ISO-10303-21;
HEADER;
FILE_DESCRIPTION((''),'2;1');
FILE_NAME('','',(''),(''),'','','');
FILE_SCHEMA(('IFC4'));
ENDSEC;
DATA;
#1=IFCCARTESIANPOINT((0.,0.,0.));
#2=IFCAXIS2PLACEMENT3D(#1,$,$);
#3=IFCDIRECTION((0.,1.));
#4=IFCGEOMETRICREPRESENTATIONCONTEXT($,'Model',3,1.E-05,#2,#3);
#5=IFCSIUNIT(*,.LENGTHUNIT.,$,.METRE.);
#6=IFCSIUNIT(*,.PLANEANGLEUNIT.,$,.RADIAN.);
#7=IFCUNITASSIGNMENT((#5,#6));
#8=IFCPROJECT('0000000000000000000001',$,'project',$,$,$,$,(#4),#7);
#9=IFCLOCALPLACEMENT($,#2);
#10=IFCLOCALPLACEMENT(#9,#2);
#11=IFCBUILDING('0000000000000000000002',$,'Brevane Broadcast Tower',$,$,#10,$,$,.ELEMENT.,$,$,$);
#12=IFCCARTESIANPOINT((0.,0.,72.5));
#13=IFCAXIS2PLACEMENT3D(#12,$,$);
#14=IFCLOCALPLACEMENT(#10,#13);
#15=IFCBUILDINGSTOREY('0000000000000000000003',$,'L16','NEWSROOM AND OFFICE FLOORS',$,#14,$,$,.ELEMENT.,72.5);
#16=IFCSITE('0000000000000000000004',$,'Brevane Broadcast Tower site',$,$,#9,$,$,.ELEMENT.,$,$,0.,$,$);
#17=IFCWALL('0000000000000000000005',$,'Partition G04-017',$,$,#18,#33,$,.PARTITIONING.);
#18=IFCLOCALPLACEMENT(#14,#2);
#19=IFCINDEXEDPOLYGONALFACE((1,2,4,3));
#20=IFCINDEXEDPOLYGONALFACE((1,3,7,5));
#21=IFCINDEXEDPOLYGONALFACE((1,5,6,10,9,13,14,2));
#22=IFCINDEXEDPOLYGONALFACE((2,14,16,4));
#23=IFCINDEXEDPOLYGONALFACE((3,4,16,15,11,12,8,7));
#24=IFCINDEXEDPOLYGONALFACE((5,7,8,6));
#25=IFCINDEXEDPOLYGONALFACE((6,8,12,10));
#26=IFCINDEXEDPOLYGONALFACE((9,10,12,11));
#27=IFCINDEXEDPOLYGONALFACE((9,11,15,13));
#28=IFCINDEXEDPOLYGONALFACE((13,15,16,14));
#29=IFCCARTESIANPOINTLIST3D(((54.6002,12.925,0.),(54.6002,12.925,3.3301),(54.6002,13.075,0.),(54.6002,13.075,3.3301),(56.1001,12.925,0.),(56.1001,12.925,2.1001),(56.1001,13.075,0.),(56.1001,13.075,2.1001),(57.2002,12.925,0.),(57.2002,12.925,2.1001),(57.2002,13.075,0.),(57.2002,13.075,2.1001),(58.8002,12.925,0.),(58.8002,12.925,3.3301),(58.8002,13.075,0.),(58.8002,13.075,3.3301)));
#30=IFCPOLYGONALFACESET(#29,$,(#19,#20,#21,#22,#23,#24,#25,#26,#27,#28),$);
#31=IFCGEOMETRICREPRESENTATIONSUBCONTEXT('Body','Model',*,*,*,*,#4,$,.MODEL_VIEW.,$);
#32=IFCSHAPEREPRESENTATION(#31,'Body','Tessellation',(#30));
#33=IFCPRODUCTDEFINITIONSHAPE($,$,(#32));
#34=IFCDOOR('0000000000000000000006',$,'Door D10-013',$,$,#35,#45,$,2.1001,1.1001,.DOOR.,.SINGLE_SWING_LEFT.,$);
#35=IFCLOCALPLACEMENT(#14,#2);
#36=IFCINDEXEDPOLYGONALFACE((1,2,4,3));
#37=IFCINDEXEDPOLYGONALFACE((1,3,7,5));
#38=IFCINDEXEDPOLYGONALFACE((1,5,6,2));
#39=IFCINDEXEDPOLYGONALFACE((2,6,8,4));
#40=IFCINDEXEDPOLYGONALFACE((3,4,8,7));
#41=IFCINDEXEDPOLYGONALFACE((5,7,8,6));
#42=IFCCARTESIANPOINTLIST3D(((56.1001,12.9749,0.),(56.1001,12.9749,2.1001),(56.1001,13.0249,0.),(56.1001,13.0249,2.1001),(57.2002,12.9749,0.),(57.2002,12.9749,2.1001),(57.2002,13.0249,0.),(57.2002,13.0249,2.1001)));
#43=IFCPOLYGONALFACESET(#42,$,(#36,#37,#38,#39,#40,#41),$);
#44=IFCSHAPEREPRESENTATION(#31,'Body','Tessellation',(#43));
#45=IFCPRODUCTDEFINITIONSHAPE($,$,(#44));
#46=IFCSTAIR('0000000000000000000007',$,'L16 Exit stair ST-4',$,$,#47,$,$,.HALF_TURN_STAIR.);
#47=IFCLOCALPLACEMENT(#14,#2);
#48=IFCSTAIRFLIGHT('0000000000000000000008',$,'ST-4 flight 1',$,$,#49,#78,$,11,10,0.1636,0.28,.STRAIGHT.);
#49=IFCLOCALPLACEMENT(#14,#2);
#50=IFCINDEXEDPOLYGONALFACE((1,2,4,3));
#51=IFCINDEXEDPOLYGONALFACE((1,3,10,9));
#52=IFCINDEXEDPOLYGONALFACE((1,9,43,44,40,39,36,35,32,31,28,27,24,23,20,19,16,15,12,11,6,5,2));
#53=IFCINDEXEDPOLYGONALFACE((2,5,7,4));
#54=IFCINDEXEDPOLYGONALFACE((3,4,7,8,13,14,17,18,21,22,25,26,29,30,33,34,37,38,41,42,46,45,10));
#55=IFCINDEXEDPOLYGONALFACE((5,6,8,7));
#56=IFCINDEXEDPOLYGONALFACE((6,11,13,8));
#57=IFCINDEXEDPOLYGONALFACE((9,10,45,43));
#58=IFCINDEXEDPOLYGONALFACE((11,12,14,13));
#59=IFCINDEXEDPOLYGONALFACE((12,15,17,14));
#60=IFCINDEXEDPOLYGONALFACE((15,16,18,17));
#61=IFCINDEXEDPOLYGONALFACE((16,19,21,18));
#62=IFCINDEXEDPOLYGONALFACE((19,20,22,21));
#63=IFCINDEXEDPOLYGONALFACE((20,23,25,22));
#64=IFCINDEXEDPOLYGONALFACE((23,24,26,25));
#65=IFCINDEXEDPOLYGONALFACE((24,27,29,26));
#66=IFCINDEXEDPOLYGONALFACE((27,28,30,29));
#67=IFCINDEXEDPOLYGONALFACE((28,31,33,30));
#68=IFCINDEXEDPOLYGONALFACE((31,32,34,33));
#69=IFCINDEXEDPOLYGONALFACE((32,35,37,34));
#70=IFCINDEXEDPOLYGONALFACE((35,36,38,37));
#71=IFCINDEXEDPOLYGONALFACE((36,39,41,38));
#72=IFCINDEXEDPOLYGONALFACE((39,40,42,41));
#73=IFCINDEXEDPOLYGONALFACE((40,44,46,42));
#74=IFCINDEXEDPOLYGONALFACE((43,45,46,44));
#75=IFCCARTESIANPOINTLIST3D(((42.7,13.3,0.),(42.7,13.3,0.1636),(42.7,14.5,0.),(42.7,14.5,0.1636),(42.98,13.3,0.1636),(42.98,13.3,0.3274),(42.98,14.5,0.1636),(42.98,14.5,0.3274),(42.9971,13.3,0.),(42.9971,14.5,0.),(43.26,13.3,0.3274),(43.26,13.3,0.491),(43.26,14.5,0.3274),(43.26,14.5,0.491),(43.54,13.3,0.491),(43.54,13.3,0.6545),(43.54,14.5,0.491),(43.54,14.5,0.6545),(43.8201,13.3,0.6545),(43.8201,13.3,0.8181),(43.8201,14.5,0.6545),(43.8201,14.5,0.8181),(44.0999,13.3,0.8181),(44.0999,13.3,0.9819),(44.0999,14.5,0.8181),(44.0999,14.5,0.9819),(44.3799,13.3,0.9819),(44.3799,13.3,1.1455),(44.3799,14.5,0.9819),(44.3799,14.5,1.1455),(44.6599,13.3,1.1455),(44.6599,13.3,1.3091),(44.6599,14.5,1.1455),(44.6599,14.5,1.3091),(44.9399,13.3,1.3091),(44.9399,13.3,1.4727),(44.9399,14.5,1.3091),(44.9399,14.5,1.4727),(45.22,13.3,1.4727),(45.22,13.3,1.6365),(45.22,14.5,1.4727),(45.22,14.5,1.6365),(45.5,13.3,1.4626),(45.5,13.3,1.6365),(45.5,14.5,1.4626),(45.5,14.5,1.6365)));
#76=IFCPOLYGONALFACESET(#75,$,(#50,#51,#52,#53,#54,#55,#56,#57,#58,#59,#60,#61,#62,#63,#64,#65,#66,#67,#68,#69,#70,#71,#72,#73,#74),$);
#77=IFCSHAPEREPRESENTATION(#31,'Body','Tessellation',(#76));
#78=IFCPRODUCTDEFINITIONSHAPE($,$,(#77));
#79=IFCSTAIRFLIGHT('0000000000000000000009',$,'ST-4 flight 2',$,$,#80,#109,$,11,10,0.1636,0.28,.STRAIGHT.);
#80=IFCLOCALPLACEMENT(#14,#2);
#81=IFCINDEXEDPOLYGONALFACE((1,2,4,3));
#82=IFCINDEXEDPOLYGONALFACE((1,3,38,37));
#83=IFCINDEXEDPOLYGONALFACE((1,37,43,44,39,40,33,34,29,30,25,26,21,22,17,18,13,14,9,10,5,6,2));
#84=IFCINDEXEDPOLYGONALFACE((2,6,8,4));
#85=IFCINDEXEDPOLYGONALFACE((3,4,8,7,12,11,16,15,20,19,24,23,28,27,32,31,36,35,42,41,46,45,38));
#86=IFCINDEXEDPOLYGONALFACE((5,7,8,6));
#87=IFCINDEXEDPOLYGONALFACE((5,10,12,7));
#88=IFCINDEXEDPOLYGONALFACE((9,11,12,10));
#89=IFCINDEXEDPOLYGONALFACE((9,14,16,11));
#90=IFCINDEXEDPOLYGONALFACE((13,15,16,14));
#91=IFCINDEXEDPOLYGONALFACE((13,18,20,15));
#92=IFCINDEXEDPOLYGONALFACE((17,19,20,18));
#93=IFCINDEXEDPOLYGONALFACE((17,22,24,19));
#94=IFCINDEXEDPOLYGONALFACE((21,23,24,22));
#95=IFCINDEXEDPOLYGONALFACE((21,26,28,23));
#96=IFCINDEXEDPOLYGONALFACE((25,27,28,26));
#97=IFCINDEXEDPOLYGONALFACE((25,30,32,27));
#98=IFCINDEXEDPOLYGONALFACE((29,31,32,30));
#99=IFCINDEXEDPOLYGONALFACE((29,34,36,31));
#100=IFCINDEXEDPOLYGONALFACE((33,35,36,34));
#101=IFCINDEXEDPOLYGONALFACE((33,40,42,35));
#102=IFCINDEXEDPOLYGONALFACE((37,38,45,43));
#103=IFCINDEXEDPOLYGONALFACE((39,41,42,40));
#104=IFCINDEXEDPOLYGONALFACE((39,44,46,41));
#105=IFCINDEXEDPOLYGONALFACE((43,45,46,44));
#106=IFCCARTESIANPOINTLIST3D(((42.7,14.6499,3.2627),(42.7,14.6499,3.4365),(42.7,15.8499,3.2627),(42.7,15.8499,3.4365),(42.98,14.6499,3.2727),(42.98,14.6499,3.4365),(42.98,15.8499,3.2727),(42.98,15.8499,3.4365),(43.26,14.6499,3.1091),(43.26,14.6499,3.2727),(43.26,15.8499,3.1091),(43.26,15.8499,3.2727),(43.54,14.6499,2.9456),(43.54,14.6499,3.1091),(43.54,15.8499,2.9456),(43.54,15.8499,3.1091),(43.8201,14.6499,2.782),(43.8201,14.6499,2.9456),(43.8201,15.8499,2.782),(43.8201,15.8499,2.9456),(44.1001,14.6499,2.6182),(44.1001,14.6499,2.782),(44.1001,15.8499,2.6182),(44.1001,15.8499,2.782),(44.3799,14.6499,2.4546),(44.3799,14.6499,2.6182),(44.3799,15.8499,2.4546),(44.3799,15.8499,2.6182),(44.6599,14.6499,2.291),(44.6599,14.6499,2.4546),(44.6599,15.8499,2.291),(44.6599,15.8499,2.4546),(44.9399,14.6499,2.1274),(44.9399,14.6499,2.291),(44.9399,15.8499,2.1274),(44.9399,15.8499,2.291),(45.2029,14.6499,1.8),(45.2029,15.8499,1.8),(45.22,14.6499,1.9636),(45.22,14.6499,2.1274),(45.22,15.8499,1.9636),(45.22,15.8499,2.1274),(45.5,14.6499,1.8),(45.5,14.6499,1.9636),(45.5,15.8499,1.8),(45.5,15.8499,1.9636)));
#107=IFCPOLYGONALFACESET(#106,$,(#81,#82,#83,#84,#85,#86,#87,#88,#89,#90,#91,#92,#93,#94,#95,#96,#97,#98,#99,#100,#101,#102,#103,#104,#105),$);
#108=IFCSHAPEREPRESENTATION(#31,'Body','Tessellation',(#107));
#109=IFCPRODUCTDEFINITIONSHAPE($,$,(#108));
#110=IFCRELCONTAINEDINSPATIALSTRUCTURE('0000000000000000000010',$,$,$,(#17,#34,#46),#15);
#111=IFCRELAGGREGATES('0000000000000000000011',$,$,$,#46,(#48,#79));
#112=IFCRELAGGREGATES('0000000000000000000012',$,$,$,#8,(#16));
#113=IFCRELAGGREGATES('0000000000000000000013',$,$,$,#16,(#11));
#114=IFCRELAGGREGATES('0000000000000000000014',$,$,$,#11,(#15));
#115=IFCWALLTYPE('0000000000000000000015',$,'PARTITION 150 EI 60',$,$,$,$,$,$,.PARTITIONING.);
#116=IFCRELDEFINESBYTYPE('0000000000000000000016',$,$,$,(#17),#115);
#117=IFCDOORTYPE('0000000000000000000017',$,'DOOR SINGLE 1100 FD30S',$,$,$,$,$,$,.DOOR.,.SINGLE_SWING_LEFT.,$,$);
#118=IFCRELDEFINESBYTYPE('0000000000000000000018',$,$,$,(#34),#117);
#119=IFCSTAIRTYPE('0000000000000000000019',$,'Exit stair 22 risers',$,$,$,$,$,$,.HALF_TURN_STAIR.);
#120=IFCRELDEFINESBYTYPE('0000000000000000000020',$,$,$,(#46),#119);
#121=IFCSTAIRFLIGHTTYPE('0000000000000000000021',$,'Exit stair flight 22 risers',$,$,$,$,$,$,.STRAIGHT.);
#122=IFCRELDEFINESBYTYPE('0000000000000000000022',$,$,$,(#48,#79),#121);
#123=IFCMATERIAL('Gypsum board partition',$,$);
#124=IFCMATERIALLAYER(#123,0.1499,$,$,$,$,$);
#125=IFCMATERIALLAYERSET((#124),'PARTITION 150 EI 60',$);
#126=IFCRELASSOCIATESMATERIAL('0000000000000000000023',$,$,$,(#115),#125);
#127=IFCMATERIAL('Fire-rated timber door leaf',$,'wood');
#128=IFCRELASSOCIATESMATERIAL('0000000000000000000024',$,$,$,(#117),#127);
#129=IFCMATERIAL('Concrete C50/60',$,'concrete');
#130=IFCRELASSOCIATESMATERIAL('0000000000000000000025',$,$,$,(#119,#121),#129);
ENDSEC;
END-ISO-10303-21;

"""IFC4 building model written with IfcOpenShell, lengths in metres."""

from ifc_helpers import new_model, si_unit, direction, frame, frame_2d, origin, place, context, subcontext, project, spatial, polyline, rectangle, outline, extrude, material, layer, layer_set, type_object, element, fill, aggregate, save


model = new_model("IFC4")

# Units and contexts
model_context = context("Model", 3, precision=1e-05, world=origin(), true_north=direction((0.0, 1.0)))
body_context = subcontext(model_context, "Body", "Model", "MODEL_VIEW")
ifc_project = project(units=[si_unit("LENGTHUNIT", "METRE"), si_unit("PLANEANGLEUNIT", "RADIAN")], contexts=[model_context])

# Site, building, storey
site_placement = place(None, origin())
site = spatial("IfcSite", under=ifc_project, at=site_placement, Name="Brevane Broadcast Tower site", CompositionType="ELEMENT", RefElevation=0.0)
building_placement = place(site_placement, origin())
building = spatial("IfcBuilding", under=site, at=building_placement, Name="Brevane Broadcast Tower", CompositionType="ELEMENT")
storey_placement = place(building_placement, frame((0.0, 0.0, 72.5)))
storey = spatial("IfcBuildingStorey", under=building, at=storey_placement, Name="L16", Description="NEWSROOM AND OFFICE FLOORS", CompositionType="ELEMENT", Elevation=72.5)

# Shared definitions
ifc_material_1 = material(Name="Gypsum board partition")

# Shared definitions
ifc_layer_1 = layer(ifc_material_1, 0.1499)
ifc_layer_set_1 = layer_set([ifc_layer_1], Name="PARTITION 150 EI 60")
wall_type_1 = type_object("IfcWallType", Name="PARTITION 150 EI 60", PredefinedType="PARTITIONING", material=ifc_layer_set_1)
ifc_material_2 = material(Name="Fire-rated timber door leaf", Category="wood")

# Wall, opening, door
door_type_1 = type_object("IfcDoorType", Name="DOOR SINGLE 1100 FD30S", OperationType="SINGLE_SWING_LEFT", PredefinedType="DOOR", material=ifc_material_2)
wall_1_placement = place(storey_placement, frame((54.6001, 13.0, 0.0), z_axis=(0.0, 0.0, 1.0), x_axis=(1.0, 0.0, 0.0)))
wall_1 = element("IfcWall", 1, at=wall_1_placement, inside=storey, type_object=wall_type_1, Name="Partition G04-017", PredefinedType="PARTITIONING", context=body_context, shape_type="SweptSolid", body=[
    extrude(rectangle(XDim=4.2, YDim=0.1499, at=frame_2d((2.1001, 0.0))), origin(), (0.0, 0.0, 1.0), 3.3301),
])
opening_1_placement = place(wall_1_placement, frame((1.5, 0.0, 0.0)))
opening_1 = element("IfcOpeningElement", 2, at=opening_1_placement, cuts=wall_1, PredefinedType="OPENING", context=body_context, shape_type="SweptSolid", body=[
    extrude(rectangle(XDim=1.1001, YDim=2.1001, at=frame_2d((0.55, 1.05))), frame((0.0, 0.085, 0.0), z_axis=(0.0, -1.0, 0.0), x_axis=(1.0, 0.0, 0.0)), (0.0, 0.0, 1.0), 0.1699),
])
door_1_placement = place(opening_1_placement, origin())
door_1 = element("IfcDoor", 3, at=door_1_placement, inside=storey, type_object=door_type_1, Name="Door D10-013", OperationType="SINGLE_SWING_LEFT", OverallHeight=2.1001, OverallWidth=1.1001, PredefinedType="DOOR", context=body_context, shape_type="SweptSolid", body=[
    extrude(rectangle(XDim=1.1001, YDim=2.1001, at=frame_2d((0.55, 1.05))), frame((0.0, 0.0249, 0.0), z_axis=(0.0, -1.0, 0.0), x_axis=(1.0, 0.0, 0.0)), (0.0, 0.0, 1.0), 0.05),
])
fill(opening_1, door_1)

# Stair, stair flights
ifc_material_3 = material(Name="Concrete C50/60", Category="concrete")
stair_type = type_object("IfcStairType", Name="Exit stair 22 risers", PredefinedType="HALF_TURN_STAIR", material=ifc_material_3)
stair_placement = place(storey_placement, origin())
stair = element("IfcStair", 4, at=stair_placement, inside=storey, type_object=stair_type, Name="L16 Exit stair ST-4", PredefinedType="HALF_TURN_STAIR")
stair_flight_type = type_object("IfcStairFlightType", Name="Exit stair flight 22 risers", PredefinedType="STRAIGHT", material=ifc_material_3)
stair_flight_1_placement = place(storey_placement, frame((42.7, 13.8999, 0.0), z_axis=(0.0, 0.0, 1.0), x_axis=(1.0, 0.0, 0.0)))
stair_flight_1 = element("IfcStairFlight", 5, at=stair_flight_1_placement, type_object=stair_flight_type, Name="ST-4 flight 1", NumberOfRisers=11, NumberOfTreads=10, PredefinedType="STRAIGHT", RiserHeight=0.1636, TreadLength=0.28, context=body_context, shape_type="SweptSolid", body=[
    extrude(outline(polyline([(0.0, 0.0), (0.0, 0.1636), (0.28, 0.1636), (0.28, 0.3274), (0.5601, 0.3274), (0.5601, 0.491), (0.8401, 0.491), (0.8401, 0.6545), (1.1201, 0.6545), (1.1201, 0.8181), (1.3999, 0.8181), (1.3999, 0.9819), (1.6799, 0.9819), (1.6799, 1.1455), (1.96, 1.1455), (1.96, 1.3091), (2.24, 1.3091), (2.24, 1.4727), (2.52, 1.4727), (2.52, 1.6365), (2.8, 1.6365), (2.8, 1.8), (2.8, 1.4626), (0.2971, 0.0), (0.0, 0.0)])), frame((0.0, 0.6001, 0.0), z_axis=(0.0, -1.0, 0.0), x_axis=(1.0, 0.0, 0.0)), (0.0, 0.0, 1.0), 1.2),
])
stair_flight_2_placement = place(storey_placement, frame((45.5, 15.25, 1.8), z_axis=(0.0, 0.0, 1.0), x_axis=(-1.0, 0.0, 0.0)))
stair_flight_2 = element("IfcStairFlight", 6, at=stair_flight_2_placement, type_object=stair_flight_type, Name="ST-4 flight 2", NumberOfRisers=11, NumberOfTreads=10, PredefinedType="STRAIGHT", RiserHeight=0.1636, TreadLength=0.28, context=body_context, shape_type="SweptSolid", body=[
    extrude(outline(polyline([(0.0, 0.0), (0.0, 0.1636), (0.28, 0.1636), (0.28, 0.3274), (0.5601, 0.3274), (0.5601, 0.491), (0.8401, 0.491), (0.8401, 0.6545), (1.1201, 0.6545), (1.1201, 0.8181), (1.3999, 0.8181), (1.3999, 0.9819), (1.6799, 0.9819), (1.6799, 1.1455), (1.96, 1.1455), (1.96, 1.3091), (2.24, 1.3091), (2.24, 1.4727), (2.52, 1.4727), (2.52, 1.6365), (2.8, 1.6365), (2.8, 1.8), (2.8, 1.4626), (0.2971, 0.0), (0.0, 0.0)])), frame((0.0, 0.6001, 0.0), z_axis=(0.0, -1.0, 0.0), x_axis=(1.0, 0.0, 0.0)), (0.0, 0.0, 1.0), 1.2),
])
aggregate(stair, [stair_flight_1, stair_flight_2])

save(model, "model.ifc")
